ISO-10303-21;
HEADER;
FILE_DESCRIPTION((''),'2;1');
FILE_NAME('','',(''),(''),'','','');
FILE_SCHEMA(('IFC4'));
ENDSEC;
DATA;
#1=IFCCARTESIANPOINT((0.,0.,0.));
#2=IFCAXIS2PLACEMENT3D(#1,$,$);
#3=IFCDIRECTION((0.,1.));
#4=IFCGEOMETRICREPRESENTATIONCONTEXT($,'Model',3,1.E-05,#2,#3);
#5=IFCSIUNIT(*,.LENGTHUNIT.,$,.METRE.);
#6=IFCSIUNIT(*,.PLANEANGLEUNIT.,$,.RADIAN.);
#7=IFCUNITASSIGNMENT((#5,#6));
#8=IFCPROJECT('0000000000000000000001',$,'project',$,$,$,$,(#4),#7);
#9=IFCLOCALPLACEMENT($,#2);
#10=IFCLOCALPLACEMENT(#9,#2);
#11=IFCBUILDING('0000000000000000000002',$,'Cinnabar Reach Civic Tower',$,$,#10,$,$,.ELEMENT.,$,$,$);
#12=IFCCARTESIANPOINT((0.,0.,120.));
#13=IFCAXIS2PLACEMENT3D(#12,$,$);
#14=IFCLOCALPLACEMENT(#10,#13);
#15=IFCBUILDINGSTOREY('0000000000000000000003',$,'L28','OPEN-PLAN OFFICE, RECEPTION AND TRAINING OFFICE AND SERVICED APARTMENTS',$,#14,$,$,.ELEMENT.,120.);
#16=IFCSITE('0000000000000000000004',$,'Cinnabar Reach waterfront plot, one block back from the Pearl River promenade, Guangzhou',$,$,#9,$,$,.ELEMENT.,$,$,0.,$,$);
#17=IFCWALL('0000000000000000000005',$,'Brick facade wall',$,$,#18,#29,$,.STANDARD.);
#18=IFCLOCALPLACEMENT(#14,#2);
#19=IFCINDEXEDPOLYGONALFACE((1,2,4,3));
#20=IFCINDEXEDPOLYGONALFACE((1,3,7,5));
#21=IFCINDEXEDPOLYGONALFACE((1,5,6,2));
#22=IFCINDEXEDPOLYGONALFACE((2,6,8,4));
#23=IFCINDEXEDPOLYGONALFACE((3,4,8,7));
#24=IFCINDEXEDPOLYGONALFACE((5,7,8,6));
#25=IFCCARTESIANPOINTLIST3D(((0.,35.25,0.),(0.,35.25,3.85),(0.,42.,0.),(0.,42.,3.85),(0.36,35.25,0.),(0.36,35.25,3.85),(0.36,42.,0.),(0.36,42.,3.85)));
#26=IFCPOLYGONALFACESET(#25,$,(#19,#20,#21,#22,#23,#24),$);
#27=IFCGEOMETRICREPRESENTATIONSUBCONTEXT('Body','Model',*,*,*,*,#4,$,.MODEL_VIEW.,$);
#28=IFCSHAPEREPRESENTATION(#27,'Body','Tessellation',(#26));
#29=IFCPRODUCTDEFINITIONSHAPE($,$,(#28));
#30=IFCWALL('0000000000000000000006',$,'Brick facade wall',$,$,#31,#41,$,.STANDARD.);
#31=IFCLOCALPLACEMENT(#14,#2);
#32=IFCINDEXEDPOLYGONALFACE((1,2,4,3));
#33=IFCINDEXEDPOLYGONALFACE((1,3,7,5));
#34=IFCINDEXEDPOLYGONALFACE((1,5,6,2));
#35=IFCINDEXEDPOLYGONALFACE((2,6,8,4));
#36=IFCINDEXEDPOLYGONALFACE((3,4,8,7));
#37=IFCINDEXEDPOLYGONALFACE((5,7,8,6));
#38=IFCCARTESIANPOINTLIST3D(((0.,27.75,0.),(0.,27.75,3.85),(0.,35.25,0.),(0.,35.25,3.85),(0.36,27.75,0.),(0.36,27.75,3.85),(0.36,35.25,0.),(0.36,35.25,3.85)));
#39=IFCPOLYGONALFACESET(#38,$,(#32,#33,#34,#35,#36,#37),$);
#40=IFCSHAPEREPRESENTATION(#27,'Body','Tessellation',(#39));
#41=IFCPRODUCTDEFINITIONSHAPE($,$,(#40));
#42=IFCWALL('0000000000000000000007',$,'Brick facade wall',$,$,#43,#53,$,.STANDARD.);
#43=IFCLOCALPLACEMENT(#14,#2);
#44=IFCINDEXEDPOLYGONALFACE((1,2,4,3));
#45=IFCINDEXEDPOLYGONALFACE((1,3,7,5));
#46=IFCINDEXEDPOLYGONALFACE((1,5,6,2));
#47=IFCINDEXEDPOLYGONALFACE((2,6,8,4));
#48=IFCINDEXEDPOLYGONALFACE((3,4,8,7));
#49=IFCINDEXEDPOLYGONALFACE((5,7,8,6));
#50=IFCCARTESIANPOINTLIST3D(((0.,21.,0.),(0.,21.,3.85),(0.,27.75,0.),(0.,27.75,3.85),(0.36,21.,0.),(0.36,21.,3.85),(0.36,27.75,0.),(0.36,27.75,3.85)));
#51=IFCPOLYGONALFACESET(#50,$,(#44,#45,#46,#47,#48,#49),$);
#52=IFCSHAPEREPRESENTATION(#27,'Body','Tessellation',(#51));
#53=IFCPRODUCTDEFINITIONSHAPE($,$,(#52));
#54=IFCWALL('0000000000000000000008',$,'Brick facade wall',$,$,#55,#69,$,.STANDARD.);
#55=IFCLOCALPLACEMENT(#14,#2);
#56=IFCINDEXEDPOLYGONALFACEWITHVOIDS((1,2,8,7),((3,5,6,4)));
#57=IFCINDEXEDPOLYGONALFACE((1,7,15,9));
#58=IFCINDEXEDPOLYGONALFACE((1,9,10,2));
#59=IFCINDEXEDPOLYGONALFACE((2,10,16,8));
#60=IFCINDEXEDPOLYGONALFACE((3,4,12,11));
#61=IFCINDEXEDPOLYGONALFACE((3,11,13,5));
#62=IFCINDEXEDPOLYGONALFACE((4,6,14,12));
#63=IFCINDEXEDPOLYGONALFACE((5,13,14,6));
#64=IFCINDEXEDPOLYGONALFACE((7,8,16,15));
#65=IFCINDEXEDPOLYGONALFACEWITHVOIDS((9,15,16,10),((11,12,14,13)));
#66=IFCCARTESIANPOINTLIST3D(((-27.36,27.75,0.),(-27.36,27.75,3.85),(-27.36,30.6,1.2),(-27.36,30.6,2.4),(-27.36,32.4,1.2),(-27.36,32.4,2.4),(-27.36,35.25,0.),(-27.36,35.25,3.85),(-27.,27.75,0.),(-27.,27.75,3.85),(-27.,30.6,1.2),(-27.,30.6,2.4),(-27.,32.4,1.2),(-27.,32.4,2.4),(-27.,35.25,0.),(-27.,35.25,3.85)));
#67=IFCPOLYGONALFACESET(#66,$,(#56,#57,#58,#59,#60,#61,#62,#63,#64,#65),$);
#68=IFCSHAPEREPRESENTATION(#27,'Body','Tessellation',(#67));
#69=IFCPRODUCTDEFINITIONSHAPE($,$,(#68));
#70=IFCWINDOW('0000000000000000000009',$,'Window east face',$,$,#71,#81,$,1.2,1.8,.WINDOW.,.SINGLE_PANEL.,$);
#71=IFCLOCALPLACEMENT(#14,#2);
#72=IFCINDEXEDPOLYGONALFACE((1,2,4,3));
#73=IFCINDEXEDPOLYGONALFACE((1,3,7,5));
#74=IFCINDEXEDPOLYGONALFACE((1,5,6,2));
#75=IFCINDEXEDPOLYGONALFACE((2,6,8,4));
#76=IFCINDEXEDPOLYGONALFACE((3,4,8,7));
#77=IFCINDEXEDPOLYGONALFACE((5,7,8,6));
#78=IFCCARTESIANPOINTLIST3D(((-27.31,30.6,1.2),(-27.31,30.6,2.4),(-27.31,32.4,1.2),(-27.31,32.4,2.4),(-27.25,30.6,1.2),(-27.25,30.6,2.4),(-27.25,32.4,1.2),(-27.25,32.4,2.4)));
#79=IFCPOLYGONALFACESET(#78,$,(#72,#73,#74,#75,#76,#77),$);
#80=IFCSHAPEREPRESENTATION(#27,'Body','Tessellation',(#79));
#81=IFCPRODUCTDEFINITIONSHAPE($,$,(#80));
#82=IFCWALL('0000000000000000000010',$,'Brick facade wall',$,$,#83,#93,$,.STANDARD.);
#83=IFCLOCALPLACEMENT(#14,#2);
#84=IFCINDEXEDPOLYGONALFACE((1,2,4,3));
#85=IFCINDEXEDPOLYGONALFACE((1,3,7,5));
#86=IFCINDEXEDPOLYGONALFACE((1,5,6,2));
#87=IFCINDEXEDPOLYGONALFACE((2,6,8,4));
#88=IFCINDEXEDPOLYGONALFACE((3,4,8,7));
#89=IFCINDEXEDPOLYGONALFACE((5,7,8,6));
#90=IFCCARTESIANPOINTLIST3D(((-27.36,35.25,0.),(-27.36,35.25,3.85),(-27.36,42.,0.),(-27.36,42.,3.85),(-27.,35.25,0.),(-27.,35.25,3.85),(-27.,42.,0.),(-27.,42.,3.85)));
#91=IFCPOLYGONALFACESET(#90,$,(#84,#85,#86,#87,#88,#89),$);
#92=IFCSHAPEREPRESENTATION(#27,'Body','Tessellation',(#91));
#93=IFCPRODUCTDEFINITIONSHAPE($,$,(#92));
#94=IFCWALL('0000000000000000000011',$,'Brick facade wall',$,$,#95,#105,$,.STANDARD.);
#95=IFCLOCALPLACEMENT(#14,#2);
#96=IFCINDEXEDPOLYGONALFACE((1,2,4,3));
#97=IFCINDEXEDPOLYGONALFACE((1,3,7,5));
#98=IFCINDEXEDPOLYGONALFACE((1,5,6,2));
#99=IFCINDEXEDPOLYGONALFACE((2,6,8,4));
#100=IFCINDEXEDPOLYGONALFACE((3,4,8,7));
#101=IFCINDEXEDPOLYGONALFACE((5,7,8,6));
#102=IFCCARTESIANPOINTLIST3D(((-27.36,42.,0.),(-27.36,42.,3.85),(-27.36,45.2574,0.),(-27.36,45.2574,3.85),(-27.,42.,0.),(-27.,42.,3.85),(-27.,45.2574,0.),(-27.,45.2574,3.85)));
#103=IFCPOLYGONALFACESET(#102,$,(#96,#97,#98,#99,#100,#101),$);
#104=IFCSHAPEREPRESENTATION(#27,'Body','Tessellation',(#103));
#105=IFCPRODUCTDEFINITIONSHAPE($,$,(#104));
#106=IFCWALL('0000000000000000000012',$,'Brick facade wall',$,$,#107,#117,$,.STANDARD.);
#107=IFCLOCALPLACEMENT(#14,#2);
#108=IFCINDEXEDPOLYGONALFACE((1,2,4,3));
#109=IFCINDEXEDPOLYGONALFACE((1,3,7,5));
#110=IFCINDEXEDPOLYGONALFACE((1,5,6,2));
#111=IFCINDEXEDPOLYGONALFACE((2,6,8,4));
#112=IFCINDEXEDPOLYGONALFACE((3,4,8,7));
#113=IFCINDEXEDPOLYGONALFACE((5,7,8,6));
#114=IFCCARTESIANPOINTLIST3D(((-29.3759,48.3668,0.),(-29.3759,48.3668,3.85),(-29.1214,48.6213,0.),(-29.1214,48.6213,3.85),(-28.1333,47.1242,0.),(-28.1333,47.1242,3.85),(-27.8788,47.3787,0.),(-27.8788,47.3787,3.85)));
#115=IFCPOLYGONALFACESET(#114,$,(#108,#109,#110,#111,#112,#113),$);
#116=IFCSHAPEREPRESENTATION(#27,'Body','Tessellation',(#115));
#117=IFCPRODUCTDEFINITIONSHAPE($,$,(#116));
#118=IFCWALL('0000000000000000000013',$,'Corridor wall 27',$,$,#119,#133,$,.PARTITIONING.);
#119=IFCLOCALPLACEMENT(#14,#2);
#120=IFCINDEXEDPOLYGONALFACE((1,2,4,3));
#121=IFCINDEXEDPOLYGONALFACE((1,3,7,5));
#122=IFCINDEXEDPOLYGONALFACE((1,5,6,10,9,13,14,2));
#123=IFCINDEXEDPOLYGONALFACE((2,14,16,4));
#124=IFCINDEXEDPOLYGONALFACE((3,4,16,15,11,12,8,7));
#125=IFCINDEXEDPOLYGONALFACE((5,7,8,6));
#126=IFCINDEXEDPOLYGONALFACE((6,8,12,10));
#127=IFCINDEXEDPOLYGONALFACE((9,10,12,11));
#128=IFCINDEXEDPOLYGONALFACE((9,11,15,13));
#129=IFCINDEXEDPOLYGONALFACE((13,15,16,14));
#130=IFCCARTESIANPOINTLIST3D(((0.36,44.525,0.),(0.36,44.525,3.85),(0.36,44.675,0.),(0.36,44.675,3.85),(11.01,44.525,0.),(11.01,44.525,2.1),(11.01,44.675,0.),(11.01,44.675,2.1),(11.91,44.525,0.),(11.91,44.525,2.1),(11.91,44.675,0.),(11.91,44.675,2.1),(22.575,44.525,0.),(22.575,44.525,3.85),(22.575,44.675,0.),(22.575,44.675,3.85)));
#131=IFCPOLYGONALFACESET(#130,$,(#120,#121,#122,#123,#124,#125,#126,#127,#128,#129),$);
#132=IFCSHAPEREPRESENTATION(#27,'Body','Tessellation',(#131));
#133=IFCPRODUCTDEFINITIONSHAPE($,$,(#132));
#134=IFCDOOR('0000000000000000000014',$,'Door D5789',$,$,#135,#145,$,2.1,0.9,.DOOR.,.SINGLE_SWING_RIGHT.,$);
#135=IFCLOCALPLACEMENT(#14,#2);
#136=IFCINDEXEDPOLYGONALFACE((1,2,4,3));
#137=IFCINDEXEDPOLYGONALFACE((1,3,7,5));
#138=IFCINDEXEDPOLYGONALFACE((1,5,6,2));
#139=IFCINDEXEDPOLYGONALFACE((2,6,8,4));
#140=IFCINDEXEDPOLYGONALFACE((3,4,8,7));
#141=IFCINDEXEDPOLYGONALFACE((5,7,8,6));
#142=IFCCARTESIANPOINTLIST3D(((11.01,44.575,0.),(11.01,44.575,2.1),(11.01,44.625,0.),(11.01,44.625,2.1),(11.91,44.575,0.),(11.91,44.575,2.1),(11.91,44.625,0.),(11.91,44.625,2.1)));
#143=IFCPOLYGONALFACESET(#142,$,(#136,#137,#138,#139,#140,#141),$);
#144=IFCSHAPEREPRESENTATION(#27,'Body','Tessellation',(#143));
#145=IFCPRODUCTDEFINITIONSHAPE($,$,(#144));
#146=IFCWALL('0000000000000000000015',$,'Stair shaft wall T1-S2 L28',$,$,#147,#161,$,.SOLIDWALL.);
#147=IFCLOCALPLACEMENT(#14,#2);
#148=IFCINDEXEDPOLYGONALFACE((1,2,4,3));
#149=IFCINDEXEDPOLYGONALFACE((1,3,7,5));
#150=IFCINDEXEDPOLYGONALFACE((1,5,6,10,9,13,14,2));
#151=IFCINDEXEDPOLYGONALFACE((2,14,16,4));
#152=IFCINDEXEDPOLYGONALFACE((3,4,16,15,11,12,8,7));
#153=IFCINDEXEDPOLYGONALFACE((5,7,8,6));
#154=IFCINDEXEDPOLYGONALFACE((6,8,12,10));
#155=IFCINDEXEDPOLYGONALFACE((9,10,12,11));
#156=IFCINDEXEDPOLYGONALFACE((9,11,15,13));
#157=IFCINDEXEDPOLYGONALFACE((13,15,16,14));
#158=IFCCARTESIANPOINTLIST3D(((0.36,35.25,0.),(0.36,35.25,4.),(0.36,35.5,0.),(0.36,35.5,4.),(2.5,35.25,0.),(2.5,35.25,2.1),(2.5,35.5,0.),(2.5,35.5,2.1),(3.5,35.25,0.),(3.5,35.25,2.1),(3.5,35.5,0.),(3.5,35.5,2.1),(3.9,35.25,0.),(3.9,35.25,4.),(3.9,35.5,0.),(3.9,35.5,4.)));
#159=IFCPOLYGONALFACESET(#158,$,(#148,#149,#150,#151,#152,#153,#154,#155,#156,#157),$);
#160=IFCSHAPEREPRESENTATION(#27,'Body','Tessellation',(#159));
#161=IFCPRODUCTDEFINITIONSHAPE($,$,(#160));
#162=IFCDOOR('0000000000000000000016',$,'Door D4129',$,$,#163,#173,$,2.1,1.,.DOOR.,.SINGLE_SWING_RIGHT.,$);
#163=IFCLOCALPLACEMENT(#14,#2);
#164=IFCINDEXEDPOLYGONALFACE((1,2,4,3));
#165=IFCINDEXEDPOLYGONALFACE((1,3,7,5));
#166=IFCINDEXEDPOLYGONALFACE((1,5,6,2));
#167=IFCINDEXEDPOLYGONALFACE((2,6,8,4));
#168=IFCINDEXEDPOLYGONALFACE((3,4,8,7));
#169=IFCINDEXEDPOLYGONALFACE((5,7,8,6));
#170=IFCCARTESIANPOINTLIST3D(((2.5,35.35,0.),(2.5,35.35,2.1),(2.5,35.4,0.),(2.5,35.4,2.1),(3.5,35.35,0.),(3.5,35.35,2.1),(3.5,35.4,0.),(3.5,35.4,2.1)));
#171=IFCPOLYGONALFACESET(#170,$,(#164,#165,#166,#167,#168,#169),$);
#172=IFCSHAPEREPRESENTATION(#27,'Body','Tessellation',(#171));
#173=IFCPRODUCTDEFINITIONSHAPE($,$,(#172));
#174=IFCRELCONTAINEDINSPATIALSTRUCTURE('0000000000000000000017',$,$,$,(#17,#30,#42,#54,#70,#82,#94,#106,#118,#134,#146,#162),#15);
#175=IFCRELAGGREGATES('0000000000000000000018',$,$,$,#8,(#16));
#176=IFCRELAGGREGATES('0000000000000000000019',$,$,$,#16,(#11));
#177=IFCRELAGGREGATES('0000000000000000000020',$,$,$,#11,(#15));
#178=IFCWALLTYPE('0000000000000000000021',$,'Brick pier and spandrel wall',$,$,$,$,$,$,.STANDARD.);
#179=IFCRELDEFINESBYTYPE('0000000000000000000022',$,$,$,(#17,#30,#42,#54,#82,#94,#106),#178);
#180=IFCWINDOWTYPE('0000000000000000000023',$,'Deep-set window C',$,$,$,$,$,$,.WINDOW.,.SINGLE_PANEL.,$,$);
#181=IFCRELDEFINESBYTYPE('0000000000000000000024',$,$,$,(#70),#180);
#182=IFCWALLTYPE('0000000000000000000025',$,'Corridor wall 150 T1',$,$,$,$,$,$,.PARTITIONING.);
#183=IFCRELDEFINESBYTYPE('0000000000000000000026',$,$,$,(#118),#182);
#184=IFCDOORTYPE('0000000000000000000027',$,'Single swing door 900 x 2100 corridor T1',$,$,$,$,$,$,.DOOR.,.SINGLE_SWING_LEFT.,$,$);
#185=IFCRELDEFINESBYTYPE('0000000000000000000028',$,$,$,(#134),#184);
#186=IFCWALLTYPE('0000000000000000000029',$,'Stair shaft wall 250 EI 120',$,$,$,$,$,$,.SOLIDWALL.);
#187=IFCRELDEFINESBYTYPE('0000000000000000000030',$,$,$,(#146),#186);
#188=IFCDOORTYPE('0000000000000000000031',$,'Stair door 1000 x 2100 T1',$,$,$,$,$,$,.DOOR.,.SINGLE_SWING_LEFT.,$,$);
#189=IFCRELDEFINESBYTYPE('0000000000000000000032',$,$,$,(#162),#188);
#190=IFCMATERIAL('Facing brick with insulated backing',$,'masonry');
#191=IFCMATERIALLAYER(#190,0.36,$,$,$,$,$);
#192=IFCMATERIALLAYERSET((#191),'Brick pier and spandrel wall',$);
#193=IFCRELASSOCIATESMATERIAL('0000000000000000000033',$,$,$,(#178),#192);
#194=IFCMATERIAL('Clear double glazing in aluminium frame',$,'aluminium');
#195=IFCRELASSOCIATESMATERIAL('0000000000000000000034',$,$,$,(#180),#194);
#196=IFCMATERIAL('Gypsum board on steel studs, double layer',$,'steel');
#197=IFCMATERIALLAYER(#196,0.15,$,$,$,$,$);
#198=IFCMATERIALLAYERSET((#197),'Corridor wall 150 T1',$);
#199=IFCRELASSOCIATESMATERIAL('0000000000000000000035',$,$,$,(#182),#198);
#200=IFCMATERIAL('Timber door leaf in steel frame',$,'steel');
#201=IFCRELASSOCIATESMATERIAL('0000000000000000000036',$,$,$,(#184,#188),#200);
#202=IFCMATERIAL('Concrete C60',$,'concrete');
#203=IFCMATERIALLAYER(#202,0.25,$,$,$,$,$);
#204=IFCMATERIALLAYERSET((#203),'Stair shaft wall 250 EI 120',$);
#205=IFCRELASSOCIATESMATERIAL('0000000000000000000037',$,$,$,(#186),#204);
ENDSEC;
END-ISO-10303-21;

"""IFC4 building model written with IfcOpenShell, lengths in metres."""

from ifc_helpers import new_model, si_unit, direction, frame, frame_2d, origin, place, context, subcontext, project, spatial, rectangle, extrude, material, layer, layer_set, type_object, element, fill, save


model = new_model("IFC4")

# Units and contexts
model_context = context("Model", 3, precision=1e-05, world=origin(), true_north=direction((0.0, 1.0)))
body_context = subcontext(model_context, "Body", "Model", "MODEL_VIEW")
ifc_project = project(units=[si_unit("LENGTHUNIT", "METRE"), si_unit("PLANEANGLEUNIT", "RADIAN")], contexts=[model_context])

# Site, building, storey
site_placement = place(None, origin())
site = spatial("IfcSite", under=ifc_project, at=site_placement, Name="Cinnabar Reach waterfront plot, one block back from the Pearl River promenade, Guangzhou", CompositionType="ELEMENT", RefElevation=0.0)
building_placement = place(site_placement, origin())
building = spatial("IfcBuilding", under=site, at=building_placement, Name="Cinnabar Reach Civic Tower", CompositionType="ELEMENT")
storey_placement = place(building_placement, frame((0.0, 0.0, 120.0)))
storey = spatial("IfcBuildingStorey", under=building, at=storey_placement, Name="L28", Description="OPEN-PLAN OFFICE, RECEPTION AND TRAINING OFFICE AND SERVICED APARTMENTS", CompositionType="ELEMENT", Elevation=120.0)

# Shared definitions
ifc_material_1 = material(Name="Concrete C60", Category="concrete")

# Walls
ifc_material_2 = material(Name="Facing brick with insulated backing", Category="masonry")
ifc_layer_1 = layer(ifc_material_2, 0.36)
ifc_layer_set_1 = layer_set([ifc_layer_1], Name="Brick pier and spandrel wall")
wall_type_1 = type_object("IfcWallType", Name="Brick pier and spandrel wall", PredefinedType="STANDARD", material=ifc_layer_set_1)
wall_1_placement = place(storey_placement, frame((0.18, 42.0, 0.0), z_axis=(0.0, 0.0, 1.0), x_axis=(0.0, -1.0, 0.0)))
element("IfcWall", 1, at=wall_1_placement, inside=storey, type_object=wall_type_1, Name="Brick facade wall", PredefinedType="STANDARD", context=body_context, shape_type="SweptSolid", body=[
    extrude(rectangle(XDim=6.75, YDim=0.36, at=frame_2d((3.375, 0.0))), origin(), (0.0, 0.0, 1.0), 3.85),
])
wall_2_placement = place(storey_placement, frame((0.18, 35.25, 0.0), z_axis=(0.0, 0.0, 1.0), x_axis=(0.0, -1.0, 0.0)))
element("IfcWall", 2, at=wall_2_placement, inside=storey, type_object=wall_type_1, Name="Brick facade wall", PredefinedType="STANDARD", context=body_context, shape_type="SweptSolid", body=[
    extrude(rectangle(XDim=7.5, YDim=0.36, at=frame_2d((3.75, 0.0))), origin(), (0.0, 0.0, 1.0), 3.85),
])
wall_3_placement = place(storey_placement, frame((0.18, 27.75, 0.0), z_axis=(0.0, 0.0, 1.0), x_axis=(0.0, -1.0, 0.0)))
element("IfcWall", 3, at=wall_3_placement, inside=storey, type_object=wall_type_1, Name="Brick facade wall", PredefinedType="STANDARD", context=body_context, shape_type="SweptSolid", body=[
    extrude(rectangle(XDim=6.75, YDim=0.36, at=frame_2d((3.375, 0.0))), origin(), (0.0, 0.0, 1.0), 3.85),
])

# Wall, opening, window
wall_4_placement = place(storey_placement, frame((-27.18, 27.75, 0.0), z_axis=(0.0, 0.0, 1.0), x_axis=(0.0, 1.0, 0.0)))
wall_4 = element("IfcWall", 4, at=wall_4_placement, inside=storey, type_object=wall_type_1, Name="Brick facade wall", PredefinedType="STANDARD", context=body_context, shape_type="SweptSolid", body=[
    extrude(rectangle(XDim=7.5, YDim=0.36, at=frame_2d((3.75, 0.0))), origin(), (0.0, 0.0, 1.0), 3.85),
])
opening_1_placement = place(wall_4_placement, frame((2.85, 0.0, 1.2)))
opening_1 = element("IfcOpeningElement", 5, at=opening_1_placement, cuts=wall_4, PredefinedType="OPENING", context=body_context, shape_type="SweptSolid", body=[
    extrude(rectangle(XDim=1.8, YDim=1.2, at=frame_2d((0.9, 0.6))), frame((0.0, 0.19, 0.0), z_axis=(0.0, -1.0, 0.0), x_axis=(1.0, 0.0, 0.0)), (0.0, 0.0, 1.0), 0.38),
])
ifc_material_3 = material(Name="Clear double glazing in aluminium frame", Category="aluminium")
window_type = type_object("IfcWindowType", Name="Deep-set window C", PartitioningType="SINGLE_PANEL", PredefinedType="WINDOW", material=ifc_material_3)
window_placement = place(opening_1_placement, origin())
window = element("IfcWindow", 6, at=window_placement, inside=storey, type_object=window_type, Name="Window east face", OverallHeight=1.2, OverallWidth=1.8, PartitioningType="SINGLE_PANEL", PredefinedType="WINDOW", context=body_context, shape_type="SweptSolid", body=[
    extrude(rectangle(XDim=1.8, YDim=1.2, at=frame_2d((0.9, 0.6))), frame((0.0, 0.13, 0.0), z_axis=(0.0, -1.0, 0.0), x_axis=(1.0, 0.0, 0.0)), (0.0, 0.0, 1.0), 0.06),
])
fill(opening_1, window)

# Walls
wall_5_placement = place(storey_placement, frame((-27.18, 35.25, 0.0), z_axis=(0.0, 0.0, 1.0), x_axis=(0.0, 1.0, 0.0)))
element("IfcWall", 7, at=wall_5_placement, inside=storey, type_object=wall_type_1, Name="Brick facade wall", PredefinedType="STANDARD", context=body_context, shape_type="SweptSolid", body=[
    extrude(rectangle(XDim=6.75, YDim=0.36, at=frame_2d((3.375, 0.0))), origin(), (0.0, 0.0, 1.0), 3.85),
])
wall_6_placement = place(storey_placement, frame((-27.18, 42.0, 0.0), z_axis=(0.0, 0.0, 1.0), x_axis=(0.0, 1.0, 0.0)))
element("IfcWall", 8, at=wall_6_placement, inside=storey, type_object=wall_type_1, Name="Brick facade wall", PredefinedType="STANDARD", context=body_context, shape_type="SweptSolid", body=[
    extrude(rectangle(XDim=3.2574, YDim=0.36, at=frame_2d((1.6287, 0.0))), origin(), (0.0, 0.0, 1.0), 3.85),
])
wall_7_placement = place(storey_placement, frame((-28.006, 47.2514, 0.0), z_axis=(0.0, 0.0, 1.0), x_axis=(-0.707107, 0.707107, 0.0)))
element("IfcWall", 9, at=wall_7_placement, inside=storey, type_object=wall_type_1, Name="Brick facade wall", PredefinedType="STANDARD", context=body_context, shape_type="SweptSolid", body=[
    extrude(rectangle(XDim=1.7573, YDim=0.36, at=frame_2d((0.8787, 0.0))), origin(), (0.0, 0.0, 1.0), 3.85),
])

# Walls, openings, doors
ifc_material_4 = material(Name="Gypsum board on steel studs, double layer", Category="steel")
ifc_layer_2 = layer(ifc_material_4, 0.15)
ifc_layer_set_2 = layer_set([ifc_layer_2], Name="Corridor wall 150 T1")
wall_type_2 = type_object("IfcWallType", Name="Corridor wall 150 T1", PredefinedType="PARTITIONING", material=ifc_layer_set_2)
wall_8_placement = place(storey_placement, frame((0.36, 44.6, 0.0), z_axis=(0.0, 0.0, 1.0), x_axis=(1.0, 0.0, 0.0)))
wall_8 = element("IfcWall", 10, at=wall_8_placement, inside=storey, type_object=wall_type_2, Name="Corridor wall 27", PredefinedType="PARTITIONING", context=body_context, shape_type="SweptSolid", body=[
    extrude(rectangle(XDim=22.215, YDim=0.15, at=frame_2d((11.1075, 0.0))), origin(), (0.0, 0.0, 1.0), 3.85),
])
opening_2_placement = place(wall_8_placement, frame((10.65, 0.0, 0.0)))
opening_2 = element("IfcOpeningElement", 11, at=opening_2_placement, cuts=wall_8, PredefinedType="OPENING", context=body_context, shape_type="SweptSolid", body=[
    extrude(rectangle(XDim=0.9, YDim=2.1, at=frame_2d((0.45, 1.05))), frame((0.0, 0.085, 0.0), z_axis=(0.0, -1.0, 0.0), x_axis=(1.0, 0.0, 0.0)), (0.0, 0.0, 1.0), 0.17),
])
ifc_material_5 = material(Name="Timber door leaf in steel frame", Category="steel")
door_type_1 = type_object("IfcDoorType", Name="Single swing door 900 x 2100 corridor T1", OperationType="SINGLE_SWING_LEFT", PredefinedType="DOOR", material=ifc_material_5)
door_1_placement = place(opening_2_placement, frame((0.9, 0.0, 0.0), z_axis=(0.0, 0.0, 1.0), x_axis=(-1.0, 0.0, 0.0)))
door_1 = element("IfcDoor", 12, at=door_1_placement, inside=storey, type_object=door_type_1, Name="Door D5789", OperationType="SINGLE_SWING_RIGHT", OverallHeight=2.1, OverallWidth=0.9, PredefinedType="DOOR", context=body_context, shape_type="SweptSolid", body=[
    extrude(rectangle(XDim=0.9, YDim=2.1, at=frame_2d((0.45, 1.05))), frame((0.0, 0.025, 0.0), z_axis=(0.0, -1.0, 0.0), x_axis=(1.0, 0.0, 0.0)), (0.0, 0.0, 1.0), 0.05),
])
fill(opening_2, door_1)
ifc_layer_3 = layer(ifc_material_1, 0.25)
ifc_layer_set_3 = layer_set([ifc_layer_3], Name="Stair shaft wall 250 EI 120")
wall_type_3 = type_object("IfcWallType", Name="Stair shaft wall 250 EI 120", PredefinedType="SOLIDWALL", material=ifc_layer_set_3)
wall_9_placement = place(storey_placement, frame((0.36, 35.375, 0.0), z_axis=(0.0, 0.0, 1.0), x_axis=(1.0, 0.0, 0.0)))
wall_9 = element("IfcWall", 13, at=wall_9_placement, inside=storey, type_object=wall_type_3, Name="Stair shaft wall T1-S2 L28", PredefinedType="SOLIDWALL", context=body_context, shape_type="SweptSolid", body=[
    extrude(rectangle(XDim=3.54, YDim=0.25, at=frame_2d((1.77, 0.0))), origin(), (0.0, 0.0, 1.0), 4.0),
])
opening_3_placement = place(wall_9_placement, frame((2.14, 0.0, 0.0)))
opening_3 = element("IfcOpeningElement", 14, at=opening_3_placement, cuts=wall_9, PredefinedType="OPENING", context=body_context, shape_type="SweptSolid", body=[
    extrude(rectangle(XDim=1.0, YDim=2.1, at=frame_2d((0.5, 1.05))), frame((0.0, 0.135, 0.0), z_axis=(0.0, -1.0, 0.0), x_axis=(1.0, 0.0, 0.0)), (0.0, 0.0, 1.0), 0.27),
])
door_type_2 = type_object("IfcDoorType", Name="Stair door 1000 x 2100 T1", OperationType="SINGLE_SWING_LEFT", PredefinedType="DOOR", material=ifc_material_5)
door_2_placement = place(opening_3_placement, origin())
door_2 = element("IfcDoor", 15, at=door_2_placement, inside=storey, type_object=door_type_2, Name="Door D4129", OperationType="SINGLE_SWING_RIGHT", OverallHeight=2.1, OverallWidth=1.0, PredefinedType="DOOR", context=body_context, shape_type="SweptSolid", body=[
    extrude(rectangle(XDim=1.0, YDim=2.1, at=frame_2d((0.5, 1.05))), frame((0.0, 0.025, 0.0), z_axis=(0.0, -1.0, 0.0), x_axis=(1.0, 0.0, 0.0)), (0.0, 0.0, 1.0), 0.05),
])
fill(opening_3, door_2)

save(model, "model.ifc")
